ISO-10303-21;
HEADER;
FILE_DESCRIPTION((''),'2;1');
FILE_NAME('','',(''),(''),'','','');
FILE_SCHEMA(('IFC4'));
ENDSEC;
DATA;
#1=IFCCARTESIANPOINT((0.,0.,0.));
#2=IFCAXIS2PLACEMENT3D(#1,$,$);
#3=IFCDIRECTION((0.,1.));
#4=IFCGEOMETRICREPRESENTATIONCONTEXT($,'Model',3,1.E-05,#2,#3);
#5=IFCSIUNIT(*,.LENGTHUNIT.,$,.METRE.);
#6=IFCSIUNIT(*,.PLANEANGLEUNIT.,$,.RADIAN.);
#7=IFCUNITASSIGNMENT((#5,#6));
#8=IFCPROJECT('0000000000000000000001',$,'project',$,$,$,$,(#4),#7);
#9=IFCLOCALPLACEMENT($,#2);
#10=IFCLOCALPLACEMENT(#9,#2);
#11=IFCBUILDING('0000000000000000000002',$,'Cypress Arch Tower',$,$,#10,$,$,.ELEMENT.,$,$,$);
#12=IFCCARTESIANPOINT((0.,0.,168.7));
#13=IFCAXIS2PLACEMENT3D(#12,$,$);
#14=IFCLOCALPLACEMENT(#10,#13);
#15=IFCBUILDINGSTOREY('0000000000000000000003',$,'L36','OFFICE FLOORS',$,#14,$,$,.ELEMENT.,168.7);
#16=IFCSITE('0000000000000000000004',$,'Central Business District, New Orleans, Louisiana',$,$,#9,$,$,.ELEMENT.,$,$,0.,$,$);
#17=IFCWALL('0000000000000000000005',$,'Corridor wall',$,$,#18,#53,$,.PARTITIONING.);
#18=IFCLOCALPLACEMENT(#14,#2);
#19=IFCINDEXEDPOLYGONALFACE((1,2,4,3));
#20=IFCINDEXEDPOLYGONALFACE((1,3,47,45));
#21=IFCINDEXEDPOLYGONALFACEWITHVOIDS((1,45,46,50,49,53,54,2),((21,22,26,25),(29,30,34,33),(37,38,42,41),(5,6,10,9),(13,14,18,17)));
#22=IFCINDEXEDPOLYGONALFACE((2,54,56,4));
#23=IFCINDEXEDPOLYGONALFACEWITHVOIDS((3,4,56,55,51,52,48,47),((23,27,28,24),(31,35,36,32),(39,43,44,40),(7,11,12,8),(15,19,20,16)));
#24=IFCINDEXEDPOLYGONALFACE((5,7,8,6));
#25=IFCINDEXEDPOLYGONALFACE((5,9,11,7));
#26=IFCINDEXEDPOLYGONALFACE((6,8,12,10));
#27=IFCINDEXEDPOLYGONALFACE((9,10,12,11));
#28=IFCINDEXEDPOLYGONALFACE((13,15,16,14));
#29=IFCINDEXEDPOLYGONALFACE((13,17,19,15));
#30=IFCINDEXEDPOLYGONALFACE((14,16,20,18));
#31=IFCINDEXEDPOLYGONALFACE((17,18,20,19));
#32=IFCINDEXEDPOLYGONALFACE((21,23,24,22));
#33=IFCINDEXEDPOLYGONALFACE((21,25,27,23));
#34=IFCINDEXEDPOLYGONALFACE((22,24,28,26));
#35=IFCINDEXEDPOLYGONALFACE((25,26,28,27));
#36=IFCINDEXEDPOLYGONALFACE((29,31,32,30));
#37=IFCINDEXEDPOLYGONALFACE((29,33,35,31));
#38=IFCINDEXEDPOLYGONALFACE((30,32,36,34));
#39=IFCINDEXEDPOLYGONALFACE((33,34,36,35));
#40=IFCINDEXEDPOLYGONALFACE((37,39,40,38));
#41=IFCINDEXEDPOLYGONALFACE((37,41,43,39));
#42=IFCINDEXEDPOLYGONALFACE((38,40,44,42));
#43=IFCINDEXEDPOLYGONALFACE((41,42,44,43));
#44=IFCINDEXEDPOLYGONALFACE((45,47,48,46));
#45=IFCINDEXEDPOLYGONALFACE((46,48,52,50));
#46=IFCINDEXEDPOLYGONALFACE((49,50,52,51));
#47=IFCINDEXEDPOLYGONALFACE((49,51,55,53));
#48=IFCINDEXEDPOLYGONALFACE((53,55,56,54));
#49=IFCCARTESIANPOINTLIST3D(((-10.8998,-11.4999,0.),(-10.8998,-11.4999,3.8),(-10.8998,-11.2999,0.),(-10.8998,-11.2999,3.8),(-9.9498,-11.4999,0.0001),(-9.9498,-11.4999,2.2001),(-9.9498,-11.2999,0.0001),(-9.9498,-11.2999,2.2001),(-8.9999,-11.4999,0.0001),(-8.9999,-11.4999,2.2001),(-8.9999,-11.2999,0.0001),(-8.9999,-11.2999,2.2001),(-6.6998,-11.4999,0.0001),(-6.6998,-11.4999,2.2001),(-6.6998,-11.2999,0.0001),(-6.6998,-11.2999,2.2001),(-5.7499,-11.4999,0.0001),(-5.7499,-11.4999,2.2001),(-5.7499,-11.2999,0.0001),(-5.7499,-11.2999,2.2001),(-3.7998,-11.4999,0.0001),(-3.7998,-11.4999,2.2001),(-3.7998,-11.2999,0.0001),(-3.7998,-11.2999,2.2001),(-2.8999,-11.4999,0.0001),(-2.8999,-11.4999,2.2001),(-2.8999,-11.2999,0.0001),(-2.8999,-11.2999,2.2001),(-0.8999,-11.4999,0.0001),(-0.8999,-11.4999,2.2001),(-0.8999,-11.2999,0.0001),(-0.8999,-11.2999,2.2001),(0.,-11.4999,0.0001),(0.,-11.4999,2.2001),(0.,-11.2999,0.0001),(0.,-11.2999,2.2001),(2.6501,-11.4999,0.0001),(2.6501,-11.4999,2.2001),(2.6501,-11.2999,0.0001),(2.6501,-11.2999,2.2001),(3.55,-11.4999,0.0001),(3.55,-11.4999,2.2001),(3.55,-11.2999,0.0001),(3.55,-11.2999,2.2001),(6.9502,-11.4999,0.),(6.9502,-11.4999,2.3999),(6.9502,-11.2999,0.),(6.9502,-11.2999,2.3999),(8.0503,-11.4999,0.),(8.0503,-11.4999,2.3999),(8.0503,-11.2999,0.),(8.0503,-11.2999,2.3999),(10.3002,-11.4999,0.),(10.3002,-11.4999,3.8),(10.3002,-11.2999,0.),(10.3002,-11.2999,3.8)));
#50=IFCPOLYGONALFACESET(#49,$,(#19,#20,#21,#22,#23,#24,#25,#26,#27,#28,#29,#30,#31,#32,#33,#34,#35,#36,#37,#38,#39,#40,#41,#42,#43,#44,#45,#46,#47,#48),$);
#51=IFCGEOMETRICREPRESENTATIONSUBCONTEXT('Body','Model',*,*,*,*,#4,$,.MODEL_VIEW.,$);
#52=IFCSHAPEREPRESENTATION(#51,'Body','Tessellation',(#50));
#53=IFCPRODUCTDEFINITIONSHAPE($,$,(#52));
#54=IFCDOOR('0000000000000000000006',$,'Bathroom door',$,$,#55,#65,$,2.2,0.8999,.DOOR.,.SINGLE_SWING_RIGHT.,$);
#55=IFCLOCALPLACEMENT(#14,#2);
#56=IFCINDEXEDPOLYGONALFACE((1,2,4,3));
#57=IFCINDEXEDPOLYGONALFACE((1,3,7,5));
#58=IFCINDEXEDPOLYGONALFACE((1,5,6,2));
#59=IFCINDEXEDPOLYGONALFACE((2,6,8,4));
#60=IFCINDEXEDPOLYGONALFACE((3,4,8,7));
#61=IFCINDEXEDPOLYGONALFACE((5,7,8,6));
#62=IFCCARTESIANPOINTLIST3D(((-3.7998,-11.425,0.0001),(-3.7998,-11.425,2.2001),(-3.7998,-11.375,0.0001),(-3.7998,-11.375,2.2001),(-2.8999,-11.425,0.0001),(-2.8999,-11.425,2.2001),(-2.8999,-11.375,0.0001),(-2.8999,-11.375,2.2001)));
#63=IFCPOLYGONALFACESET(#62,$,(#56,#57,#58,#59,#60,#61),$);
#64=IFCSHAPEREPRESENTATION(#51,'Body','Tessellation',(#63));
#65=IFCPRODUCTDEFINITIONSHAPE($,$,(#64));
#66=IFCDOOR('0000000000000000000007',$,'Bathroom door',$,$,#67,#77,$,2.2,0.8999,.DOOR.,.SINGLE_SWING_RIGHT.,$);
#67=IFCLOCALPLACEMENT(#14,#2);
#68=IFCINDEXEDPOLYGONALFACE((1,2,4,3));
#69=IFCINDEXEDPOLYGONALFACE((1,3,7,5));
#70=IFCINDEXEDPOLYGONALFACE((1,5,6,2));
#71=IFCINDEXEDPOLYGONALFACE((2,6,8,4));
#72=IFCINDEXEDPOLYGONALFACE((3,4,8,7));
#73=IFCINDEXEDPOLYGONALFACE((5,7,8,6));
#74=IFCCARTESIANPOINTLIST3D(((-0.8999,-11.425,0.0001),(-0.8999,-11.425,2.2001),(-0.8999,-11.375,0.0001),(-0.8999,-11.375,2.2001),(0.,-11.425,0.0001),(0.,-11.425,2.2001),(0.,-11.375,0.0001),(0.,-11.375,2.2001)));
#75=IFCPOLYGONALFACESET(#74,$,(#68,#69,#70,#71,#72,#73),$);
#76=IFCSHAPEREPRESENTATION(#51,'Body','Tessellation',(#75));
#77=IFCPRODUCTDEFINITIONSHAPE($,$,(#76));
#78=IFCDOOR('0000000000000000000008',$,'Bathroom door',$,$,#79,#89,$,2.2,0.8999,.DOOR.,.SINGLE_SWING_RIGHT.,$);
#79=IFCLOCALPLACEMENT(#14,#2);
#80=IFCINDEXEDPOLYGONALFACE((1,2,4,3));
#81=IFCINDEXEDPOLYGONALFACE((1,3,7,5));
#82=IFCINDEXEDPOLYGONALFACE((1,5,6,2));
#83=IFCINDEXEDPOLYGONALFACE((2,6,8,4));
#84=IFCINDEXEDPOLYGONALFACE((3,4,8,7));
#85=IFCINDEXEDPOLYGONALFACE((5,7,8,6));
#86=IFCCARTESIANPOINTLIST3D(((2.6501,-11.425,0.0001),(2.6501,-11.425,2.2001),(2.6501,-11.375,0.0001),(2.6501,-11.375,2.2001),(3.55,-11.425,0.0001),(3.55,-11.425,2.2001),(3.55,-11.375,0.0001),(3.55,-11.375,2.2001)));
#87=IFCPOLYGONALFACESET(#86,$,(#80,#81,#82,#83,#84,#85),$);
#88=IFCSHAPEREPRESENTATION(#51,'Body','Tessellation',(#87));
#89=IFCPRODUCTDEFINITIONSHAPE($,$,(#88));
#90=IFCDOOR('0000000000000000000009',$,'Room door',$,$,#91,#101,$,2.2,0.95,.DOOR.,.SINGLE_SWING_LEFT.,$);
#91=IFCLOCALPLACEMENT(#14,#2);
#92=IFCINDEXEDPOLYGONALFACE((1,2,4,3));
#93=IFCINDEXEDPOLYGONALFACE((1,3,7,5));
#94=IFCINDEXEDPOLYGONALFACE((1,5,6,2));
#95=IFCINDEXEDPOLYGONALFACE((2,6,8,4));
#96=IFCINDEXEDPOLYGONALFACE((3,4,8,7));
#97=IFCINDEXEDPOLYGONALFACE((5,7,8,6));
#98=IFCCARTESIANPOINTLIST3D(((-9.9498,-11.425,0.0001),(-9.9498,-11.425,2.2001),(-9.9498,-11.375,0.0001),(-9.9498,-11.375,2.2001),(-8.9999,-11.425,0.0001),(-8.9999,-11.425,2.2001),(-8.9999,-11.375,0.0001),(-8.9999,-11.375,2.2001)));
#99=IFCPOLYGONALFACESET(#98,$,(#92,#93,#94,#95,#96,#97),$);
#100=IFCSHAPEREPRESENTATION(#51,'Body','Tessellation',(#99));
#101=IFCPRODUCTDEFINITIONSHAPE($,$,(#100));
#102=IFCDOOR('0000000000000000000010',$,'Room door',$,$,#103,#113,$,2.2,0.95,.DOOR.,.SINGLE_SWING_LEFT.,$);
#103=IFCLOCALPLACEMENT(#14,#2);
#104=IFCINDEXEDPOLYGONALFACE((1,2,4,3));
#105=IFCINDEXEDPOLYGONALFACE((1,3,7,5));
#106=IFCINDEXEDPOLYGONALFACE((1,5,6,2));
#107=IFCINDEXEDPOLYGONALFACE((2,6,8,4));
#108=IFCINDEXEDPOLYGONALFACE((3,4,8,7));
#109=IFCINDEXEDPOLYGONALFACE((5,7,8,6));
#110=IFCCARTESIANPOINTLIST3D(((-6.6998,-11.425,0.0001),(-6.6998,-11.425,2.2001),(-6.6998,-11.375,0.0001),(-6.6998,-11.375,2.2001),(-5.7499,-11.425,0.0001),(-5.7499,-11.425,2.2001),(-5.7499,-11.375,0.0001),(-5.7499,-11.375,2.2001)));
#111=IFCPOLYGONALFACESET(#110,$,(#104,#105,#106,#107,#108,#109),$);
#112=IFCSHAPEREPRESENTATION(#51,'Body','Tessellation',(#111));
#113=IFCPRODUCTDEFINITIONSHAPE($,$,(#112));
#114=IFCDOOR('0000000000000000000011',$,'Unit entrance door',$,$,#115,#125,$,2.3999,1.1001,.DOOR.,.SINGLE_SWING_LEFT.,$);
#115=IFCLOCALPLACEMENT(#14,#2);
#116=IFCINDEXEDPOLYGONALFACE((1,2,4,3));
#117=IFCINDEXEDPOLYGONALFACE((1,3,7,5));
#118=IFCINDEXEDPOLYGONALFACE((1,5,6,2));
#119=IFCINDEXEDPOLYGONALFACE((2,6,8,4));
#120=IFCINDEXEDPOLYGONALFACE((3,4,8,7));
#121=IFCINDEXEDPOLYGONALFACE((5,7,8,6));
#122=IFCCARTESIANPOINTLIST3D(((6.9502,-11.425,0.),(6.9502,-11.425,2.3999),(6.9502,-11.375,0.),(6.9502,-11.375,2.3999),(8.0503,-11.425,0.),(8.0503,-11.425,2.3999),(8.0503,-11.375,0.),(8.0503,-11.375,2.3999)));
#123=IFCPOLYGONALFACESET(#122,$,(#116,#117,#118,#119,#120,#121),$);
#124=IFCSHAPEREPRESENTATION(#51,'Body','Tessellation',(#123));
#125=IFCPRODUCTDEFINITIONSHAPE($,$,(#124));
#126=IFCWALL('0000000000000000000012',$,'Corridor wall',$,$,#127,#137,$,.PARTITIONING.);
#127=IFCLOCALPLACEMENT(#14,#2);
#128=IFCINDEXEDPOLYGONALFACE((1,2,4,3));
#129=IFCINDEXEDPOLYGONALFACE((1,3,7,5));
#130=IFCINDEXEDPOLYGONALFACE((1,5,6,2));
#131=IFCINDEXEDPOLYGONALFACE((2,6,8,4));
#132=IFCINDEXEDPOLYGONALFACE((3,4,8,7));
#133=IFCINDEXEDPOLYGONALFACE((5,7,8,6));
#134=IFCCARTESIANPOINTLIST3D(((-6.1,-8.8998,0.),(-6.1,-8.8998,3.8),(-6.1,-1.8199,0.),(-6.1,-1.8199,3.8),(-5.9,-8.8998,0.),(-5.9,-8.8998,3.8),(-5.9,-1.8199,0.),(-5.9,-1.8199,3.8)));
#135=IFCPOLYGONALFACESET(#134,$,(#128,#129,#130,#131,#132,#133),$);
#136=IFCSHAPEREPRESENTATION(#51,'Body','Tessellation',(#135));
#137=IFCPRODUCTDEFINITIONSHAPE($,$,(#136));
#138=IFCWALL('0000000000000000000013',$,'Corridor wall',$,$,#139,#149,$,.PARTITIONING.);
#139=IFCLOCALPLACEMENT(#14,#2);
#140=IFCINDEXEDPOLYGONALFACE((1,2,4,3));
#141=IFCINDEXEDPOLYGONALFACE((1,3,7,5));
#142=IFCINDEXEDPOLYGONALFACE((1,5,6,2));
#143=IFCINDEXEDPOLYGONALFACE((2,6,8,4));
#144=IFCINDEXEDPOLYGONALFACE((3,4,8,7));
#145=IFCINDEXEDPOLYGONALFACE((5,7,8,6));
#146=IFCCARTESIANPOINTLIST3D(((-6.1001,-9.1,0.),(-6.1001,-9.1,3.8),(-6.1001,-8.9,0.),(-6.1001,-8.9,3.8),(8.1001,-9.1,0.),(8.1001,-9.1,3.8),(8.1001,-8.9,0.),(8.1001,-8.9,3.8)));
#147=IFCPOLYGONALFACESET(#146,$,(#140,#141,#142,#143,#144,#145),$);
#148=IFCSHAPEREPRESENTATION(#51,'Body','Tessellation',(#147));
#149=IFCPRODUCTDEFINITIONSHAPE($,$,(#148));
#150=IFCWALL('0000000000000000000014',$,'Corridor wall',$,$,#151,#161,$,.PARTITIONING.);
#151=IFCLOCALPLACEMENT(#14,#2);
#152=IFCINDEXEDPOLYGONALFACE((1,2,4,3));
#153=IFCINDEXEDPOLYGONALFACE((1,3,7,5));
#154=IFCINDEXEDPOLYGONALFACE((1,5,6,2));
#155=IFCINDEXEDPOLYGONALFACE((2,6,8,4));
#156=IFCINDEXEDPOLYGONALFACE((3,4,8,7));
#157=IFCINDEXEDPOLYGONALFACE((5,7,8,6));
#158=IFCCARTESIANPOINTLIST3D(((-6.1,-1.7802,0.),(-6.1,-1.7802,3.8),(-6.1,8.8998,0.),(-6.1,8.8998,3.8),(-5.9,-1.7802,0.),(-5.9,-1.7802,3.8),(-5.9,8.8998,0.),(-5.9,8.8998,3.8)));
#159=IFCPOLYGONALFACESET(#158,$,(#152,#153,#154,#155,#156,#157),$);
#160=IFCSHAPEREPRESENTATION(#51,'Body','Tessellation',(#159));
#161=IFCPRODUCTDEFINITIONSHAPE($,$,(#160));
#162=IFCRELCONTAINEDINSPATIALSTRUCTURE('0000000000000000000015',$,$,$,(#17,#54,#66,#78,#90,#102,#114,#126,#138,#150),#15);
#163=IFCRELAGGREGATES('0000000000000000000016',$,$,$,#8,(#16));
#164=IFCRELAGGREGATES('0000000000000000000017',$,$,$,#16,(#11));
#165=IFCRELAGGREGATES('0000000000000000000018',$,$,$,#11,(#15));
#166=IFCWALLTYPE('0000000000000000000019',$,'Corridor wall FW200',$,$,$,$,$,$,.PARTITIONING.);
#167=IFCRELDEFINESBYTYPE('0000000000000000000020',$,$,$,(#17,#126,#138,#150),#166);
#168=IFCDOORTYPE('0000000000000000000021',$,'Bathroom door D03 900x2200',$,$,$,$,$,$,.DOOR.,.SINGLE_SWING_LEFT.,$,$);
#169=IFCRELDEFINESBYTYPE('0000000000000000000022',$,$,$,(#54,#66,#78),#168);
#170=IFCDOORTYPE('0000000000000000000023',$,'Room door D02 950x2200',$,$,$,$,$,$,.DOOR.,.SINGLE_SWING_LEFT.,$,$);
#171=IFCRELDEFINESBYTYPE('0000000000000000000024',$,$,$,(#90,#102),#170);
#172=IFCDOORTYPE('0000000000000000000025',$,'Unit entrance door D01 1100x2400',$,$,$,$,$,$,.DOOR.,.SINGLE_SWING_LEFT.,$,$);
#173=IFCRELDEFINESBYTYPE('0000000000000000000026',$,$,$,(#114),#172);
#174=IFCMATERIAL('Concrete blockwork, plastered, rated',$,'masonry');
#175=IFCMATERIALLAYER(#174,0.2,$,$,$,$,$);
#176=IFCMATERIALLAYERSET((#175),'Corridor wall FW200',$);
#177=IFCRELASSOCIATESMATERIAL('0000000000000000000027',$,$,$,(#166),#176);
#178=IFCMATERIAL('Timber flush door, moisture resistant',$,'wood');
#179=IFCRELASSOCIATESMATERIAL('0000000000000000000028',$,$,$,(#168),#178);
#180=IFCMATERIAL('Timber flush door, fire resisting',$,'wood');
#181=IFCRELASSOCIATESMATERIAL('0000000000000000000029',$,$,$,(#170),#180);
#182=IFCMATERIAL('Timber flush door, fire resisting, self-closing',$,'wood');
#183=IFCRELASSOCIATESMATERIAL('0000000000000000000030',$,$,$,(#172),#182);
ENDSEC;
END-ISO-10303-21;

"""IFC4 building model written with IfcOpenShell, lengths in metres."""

from ifc_helpers import new_model, si_unit, direction, frame, frame_2d, origin, place, context, subcontext, project, spatial, rectangle, extrude, material, layer, layer_set, type_object, element, fill, save


model = new_model("IFC4")

# Units and contexts
model_context = context("Model", 3, precision=1e-05, world=origin(), true_north=direction((0.0, 1.0)))
body_context = subcontext(model_context, "Body", "Model", "MODEL_VIEW")
ifc_project = project(units=[si_unit("LENGTHUNIT", "METRE"), si_unit("PLANEANGLEUNIT", "RADIAN")], contexts=[model_context])

# Site, building, storey
site_placement = place(None, origin())
site = spatial("IfcSite", under=ifc_project, at=site_placement, Name="Central Business District, New Orleans, Louisiana", CompositionType="ELEMENT", RefElevation=0.0)
building_placement = place(site_placement, origin())
building = spatial("IfcBuilding", under=site, at=building_placement, Name="Cypress Arch Tower", CompositionType="ELEMENT")
storey_placement = place(building_placement, frame((0.0, 0.0, 168.7)))
storey = spatial("IfcBuildingStorey", under=building, at=storey_placement, Name="L36", Description="OFFICE FLOORS", CompositionType="ELEMENT", Elevation=168.7)

# Shared definitions
ifc_material_1 = material(Name="Concrete blockwork, plastered, rated", Category="masonry")
ifc_layer = layer(ifc_material_1, 0.2)
ifc_layer_set = layer_set([ifc_layer], Name="Corridor wall FW200")
wall_type = type_object("IfcWallType", Name="Corridor wall FW200", PredefinedType="PARTITIONING", material=ifc_layer_set)

# Wall, openings, doors
wall_1_placement = place(storey_placement, frame((-10.8999, -11.3999, 0.0), z_axis=(0.0, 0.0, 1.0), x_axis=(1.0, 0.0, 0.0)))
wall_1 = element("IfcWall", 1, at=wall_1_placement, inside=storey, type_object=wall_type, Name="Corridor wall", PredefinedType="PARTITIONING", context=body_context, shape_type="SweptSolid", body=[
    extrude(rectangle(XDim=21.2, YDim=0.2, at=frame_2d((10.6001, 0.0))), origin(), (0.0, 0.0, 1.0), 3.8),
])
opening_1_placement = place(wall_1_placement, frame((0.95, 0.0, 0.0)))
opening_1 = element("IfcOpeningElement", 2, at=opening_1_placement, cuts=wall_1, PredefinedType="OPENING", context=body_context, shape_type="SweptSolid", body=[
    extrude(rectangle(XDim=0.95, YDim=2.2, at=frame_2d((0.4751, 1.1001))), frame((0.0, 0.1099, 0.0), z_axis=(0.0, -1.0, 0.0), x_axis=(1.0, 0.0, 0.0)), (0.0, 0.0, 1.0), 0.22),
])
opening_2_placement = place(wall_1_placement, frame((4.2, 0.0, 0.0)))
opening_2 = element("IfcOpeningElement", 3, at=opening_2_placement, cuts=wall_1, PredefinedType="OPENING", context=body_context, shape_type="SweptSolid", body=[
    extrude(rectangle(XDim=0.95, YDim=2.2, at=frame_2d((0.4751, 1.1001))), frame((0.0, 0.1099, 0.0), z_axis=(0.0, -1.0, 0.0), x_axis=(1.0, 0.0, 0.0)), (0.0, 0.0, 1.0), 0.22),
])
opening_3_placement = place(wall_1_placement, frame((7.1001, 0.0, 0.0)))
opening_3 = element("IfcOpeningElement", 4, at=opening_3_placement, cuts=wall_1, PredefinedType="OPENING", context=body_context, shape_type="SweptSolid", body=[
    extrude(rectangle(XDim=0.8999, YDim=2.2, at=frame_2d((0.45, 1.1001))), frame((0.0, 0.1099, 0.0), z_axis=(0.0, -1.0, 0.0), x_axis=(1.0, 0.0, 0.0)), (0.0, 0.0, 1.0), 0.22),
])
opening_4_placement = place(wall_1_placement, frame((10.0, 0.0, 0.0)))
opening_4 = element("IfcOpeningElement", 5, at=opening_4_placement, cuts=wall_1, PredefinedType="OPENING", context=body_context, shape_type="SweptSolid", body=[
    extrude(rectangle(XDim=0.8999, YDim=2.2, at=frame_2d((0.45, 1.1001))), frame((0.0, 0.1099, 0.0), z_axis=(0.0, -1.0, 0.0), x_axis=(1.0, 0.0, 0.0)), (0.0, 0.0, 1.0), 0.22),
])
opening_5_placement = place(wall_1_placement, frame((13.55, 0.0, 0.0)))
opening_5 = element("IfcOpeningElement", 6, at=opening_5_placement, cuts=wall_1, PredefinedType="OPENING", context=body_context, shape_type="SweptSolid", body=[
    extrude(rectangle(XDim=0.8999, YDim=2.2, at=frame_2d((0.45, 1.1001))), frame((0.0, 0.1099, 0.0), z_axis=(0.0, -1.0, 0.0), x_axis=(1.0, 0.0, 0.0)), (0.0, 0.0, 1.0), 0.22),
])
opening_6_placement = place(wall_1_placement, frame((17.8501, 0.0, 0.0)))
opening_6 = element("IfcOpeningElement", 7, at=opening_6_placement, cuts=wall_1, PredefinedType="OPENING", context=body_context, shape_type="SweptSolid", body=[
    extrude(rectangle(XDim=1.1001, YDim=2.3999, at=frame_2d((0.55, 1.2))), frame((0.0, 0.1099, 0.0), z_axis=(0.0, -1.0, 0.0), x_axis=(1.0, 0.0, 0.0)), (0.0, 0.0, 1.0), 0.22),
])
ifc_material_2 = material(Name="Timber flush door, moisture resistant", Category="wood")
door_type_1 = type_object("IfcDoorType", Name="Bathroom door D03 900x2200", OperationType="SINGLE_SWING_LEFT", PredefinedType="DOOR", material=ifc_material_2)
door_1_placement = place(opening_3_placement, origin())
door_1 = element("IfcDoor", 8, at=door_1_placement, inside=storey, type_object=door_type_1, Name="Bathroom door", OperationType="SINGLE_SWING_RIGHT", OverallHeight=2.2, OverallWidth=0.8999, PredefinedType="DOOR", context=body_context, shape_type="SweptSolid", body=[
    extrude(rectangle(XDim=0.8999, YDim=2.2, at=frame_2d((0.45, 1.1001))), frame((0.0, 0.0249, 0.0), z_axis=(0.0, -1.0, 0.0), x_axis=(1.0, 0.0, 0.0)), (0.0, 0.0, 1.0), 0.05),
])
fill(opening_3, door_1)
door_2_placement = place(opening_4_placement, origin())
door_2 = element("IfcDoor", 9, at=door_2_placement, inside=storey, type_object=door_type_1, Name="Bathroom door", OperationType="SINGLE_SWING_RIGHT", OverallHeight=2.2, OverallWidth=0.8999, PredefinedType="DOOR", context=body_context, shape_type="SweptSolid", body=[
    extrude(rectangle(XDim=0.8999, YDim=2.2, at=frame_2d((0.45, 1.1001))), frame((0.0, 0.0249, 0.0), z_axis=(0.0, -1.0, 0.0), x_axis=(1.0, 0.0, 0.0)), (0.0, 0.0, 1.0), 0.05),
])
fill(opening_4, door_2)
door_3_placement = place(opening_5_placement, origin())
door_3 = element("IfcDoor", 10, at=door_3_placement, inside=storey, type_object=door_type_1, Name="Bathroom door", OperationType="SINGLE_SWING_RIGHT", OverallHeight=2.2, OverallWidth=0.8999, PredefinedType="DOOR", context=body_context, shape_type="SweptSolid", body=[
    extrude(rectangle(XDim=0.8999, YDim=2.2, at=frame_2d((0.45, 1.1001))), frame((0.0, 0.0249, 0.0), z_axis=(0.0, -1.0, 0.0), x_axis=(1.0, 0.0, 0.0)), (0.0, 0.0, 1.0), 0.05),
])
fill(opening_5, door_3)
ifc_material_3 = material(Name="Timber flush door, fire resisting", Category="wood")
door_type_2 = type_object("IfcDoorType", Name="Room door D02 950x2200", OperationType="SINGLE_SWING_LEFT", PredefinedType="DOOR", material=ifc_material_3)
door_4_placement = place(opening_1_placement, origin())
door_4 = element("IfcDoor", 11, at=door_4_placement, inside=storey, type_object=door_type_2, Name="Room door", OperationType="SINGLE_SWING_LEFT", OverallHeight=2.2, OverallWidth=0.95, PredefinedType="DOOR", context=body_context, shape_type="SweptSolid", body=[
    extrude(rectangle(XDim=0.95, YDim=2.2, at=frame_2d((0.4751, 1.1001))), frame((0.0, 0.0249, 0.0), z_axis=(0.0, -1.0, 0.0), x_axis=(1.0, 0.0, 0.0)), (0.0, 0.0, 1.0), 0.05),
])
fill(opening_1, door_4)
door_5_placement = place(opening_2_placement, origin())
door_5 = element("IfcDoor", 12, at=door_5_placement, inside=storey, type_object=door_type_2, Name="Room door", OperationType="SINGLE_SWING_LEFT", OverallHeight=2.2, OverallWidth=0.95, PredefinedType="DOOR", context=body_context, shape_type="SweptSolid", body=[
    extrude(rectangle(XDim=0.95, YDim=2.2, at=frame_2d((0.4751, 1.1001))), frame((0.0, 0.0249, 0.0), z_axis=(0.0, -1.0, 0.0), x_axis=(1.0, 0.0, 0.0)), (0.0, 0.0, 1.0), 0.05),
])
fill(opening_2, door_5)
ifc_material_4 = material(Name="Timber flush door, fire resisting, self-closing", Category="wood")
door_type_3 = type_object("IfcDoorType", Name="Unit entrance door D01 1100x2400", OperationType="SINGLE_SWING_LEFT", PredefinedType="DOOR", material=ifc_material_4)
door_6_placement = place(opening_6_placement, origin())
door_6 = element("IfcDoor", 13, at=door_6_placement, inside=storey, type_object=door_type_3, Name="Unit entrance door", OperationType="SINGLE_SWING_LEFT", OverallHeight=2.3999, OverallWidth=1.1001, PredefinedType="DOOR", context=body_context, shape_type="SweptSolid", body=[
    extrude(rectangle(XDim=1.1001, YDim=2.3999, at=frame_2d((0.55, 1.2))), frame((0.0, 0.0249, 0.0), z_axis=(0.0, -1.0, 0.0), x_axis=(1.0, 0.0, 0.0)), (0.0, 0.0, 1.0), 0.05),
])
fill(opening_6, door_6)

# Walls
wall_2_placement = place(storey_placement, frame((-6.0, -8.8999, 0.0), z_axis=(0.0, 0.0, 1.0), x_axis=(0.0, 1.0, 0.0)))
element("IfcWall", 14, at=wall_2_placement, inside=storey, type_object=wall_type, Name="Corridor wall", PredefinedType="PARTITIONING", context=body_context, shape_type="SweptSolid", body=[
    extrude(rectangle(XDim=7.0798, YDim=0.2, at=frame_2d((3.54, 0.0))), origin(), (0.0, 0.0, 1.0), 3.8),
])
wall_3_placement = place(storey_placement, frame((-6.1001, -9.0, 0.0), z_axis=(0.0, 0.0, 1.0), x_axis=(1.0, 0.0, 0.0)))
element("IfcWall", 15, at=wall_3_placement, inside=storey, type_object=wall_type, Name="Corridor wall", PredefinedType="PARTITIONING", context=body_context, shape_type="SweptSolid", body=[
    extrude(rectangle(XDim=14.2002, YDim=0.2, at=frame_2d((7.1001, 0.0))), origin(), (0.0, 0.0, 1.0), 3.8),
])
wall_4_placement = place(storey_placement, frame((-6.0, -1.78, 0.0), z_axis=(0.0, 0.0, 1.0), x_axis=(0.0, 1.0, 0.0)))
element("IfcWall", 16, at=wall_4_placement, inside=storey, type_object=wall_type, Name="Corridor wall", PredefinedType="PARTITIONING", context=body_context, shape_type="SweptSolid", body=[
    extrude(rectangle(XDim=10.6799, YDim=0.2, at=frame_2d((5.3398, 0.0))), origin(), (0.0, 0.0, 1.0), 3.8),
])

save(model, "model.ifc")
